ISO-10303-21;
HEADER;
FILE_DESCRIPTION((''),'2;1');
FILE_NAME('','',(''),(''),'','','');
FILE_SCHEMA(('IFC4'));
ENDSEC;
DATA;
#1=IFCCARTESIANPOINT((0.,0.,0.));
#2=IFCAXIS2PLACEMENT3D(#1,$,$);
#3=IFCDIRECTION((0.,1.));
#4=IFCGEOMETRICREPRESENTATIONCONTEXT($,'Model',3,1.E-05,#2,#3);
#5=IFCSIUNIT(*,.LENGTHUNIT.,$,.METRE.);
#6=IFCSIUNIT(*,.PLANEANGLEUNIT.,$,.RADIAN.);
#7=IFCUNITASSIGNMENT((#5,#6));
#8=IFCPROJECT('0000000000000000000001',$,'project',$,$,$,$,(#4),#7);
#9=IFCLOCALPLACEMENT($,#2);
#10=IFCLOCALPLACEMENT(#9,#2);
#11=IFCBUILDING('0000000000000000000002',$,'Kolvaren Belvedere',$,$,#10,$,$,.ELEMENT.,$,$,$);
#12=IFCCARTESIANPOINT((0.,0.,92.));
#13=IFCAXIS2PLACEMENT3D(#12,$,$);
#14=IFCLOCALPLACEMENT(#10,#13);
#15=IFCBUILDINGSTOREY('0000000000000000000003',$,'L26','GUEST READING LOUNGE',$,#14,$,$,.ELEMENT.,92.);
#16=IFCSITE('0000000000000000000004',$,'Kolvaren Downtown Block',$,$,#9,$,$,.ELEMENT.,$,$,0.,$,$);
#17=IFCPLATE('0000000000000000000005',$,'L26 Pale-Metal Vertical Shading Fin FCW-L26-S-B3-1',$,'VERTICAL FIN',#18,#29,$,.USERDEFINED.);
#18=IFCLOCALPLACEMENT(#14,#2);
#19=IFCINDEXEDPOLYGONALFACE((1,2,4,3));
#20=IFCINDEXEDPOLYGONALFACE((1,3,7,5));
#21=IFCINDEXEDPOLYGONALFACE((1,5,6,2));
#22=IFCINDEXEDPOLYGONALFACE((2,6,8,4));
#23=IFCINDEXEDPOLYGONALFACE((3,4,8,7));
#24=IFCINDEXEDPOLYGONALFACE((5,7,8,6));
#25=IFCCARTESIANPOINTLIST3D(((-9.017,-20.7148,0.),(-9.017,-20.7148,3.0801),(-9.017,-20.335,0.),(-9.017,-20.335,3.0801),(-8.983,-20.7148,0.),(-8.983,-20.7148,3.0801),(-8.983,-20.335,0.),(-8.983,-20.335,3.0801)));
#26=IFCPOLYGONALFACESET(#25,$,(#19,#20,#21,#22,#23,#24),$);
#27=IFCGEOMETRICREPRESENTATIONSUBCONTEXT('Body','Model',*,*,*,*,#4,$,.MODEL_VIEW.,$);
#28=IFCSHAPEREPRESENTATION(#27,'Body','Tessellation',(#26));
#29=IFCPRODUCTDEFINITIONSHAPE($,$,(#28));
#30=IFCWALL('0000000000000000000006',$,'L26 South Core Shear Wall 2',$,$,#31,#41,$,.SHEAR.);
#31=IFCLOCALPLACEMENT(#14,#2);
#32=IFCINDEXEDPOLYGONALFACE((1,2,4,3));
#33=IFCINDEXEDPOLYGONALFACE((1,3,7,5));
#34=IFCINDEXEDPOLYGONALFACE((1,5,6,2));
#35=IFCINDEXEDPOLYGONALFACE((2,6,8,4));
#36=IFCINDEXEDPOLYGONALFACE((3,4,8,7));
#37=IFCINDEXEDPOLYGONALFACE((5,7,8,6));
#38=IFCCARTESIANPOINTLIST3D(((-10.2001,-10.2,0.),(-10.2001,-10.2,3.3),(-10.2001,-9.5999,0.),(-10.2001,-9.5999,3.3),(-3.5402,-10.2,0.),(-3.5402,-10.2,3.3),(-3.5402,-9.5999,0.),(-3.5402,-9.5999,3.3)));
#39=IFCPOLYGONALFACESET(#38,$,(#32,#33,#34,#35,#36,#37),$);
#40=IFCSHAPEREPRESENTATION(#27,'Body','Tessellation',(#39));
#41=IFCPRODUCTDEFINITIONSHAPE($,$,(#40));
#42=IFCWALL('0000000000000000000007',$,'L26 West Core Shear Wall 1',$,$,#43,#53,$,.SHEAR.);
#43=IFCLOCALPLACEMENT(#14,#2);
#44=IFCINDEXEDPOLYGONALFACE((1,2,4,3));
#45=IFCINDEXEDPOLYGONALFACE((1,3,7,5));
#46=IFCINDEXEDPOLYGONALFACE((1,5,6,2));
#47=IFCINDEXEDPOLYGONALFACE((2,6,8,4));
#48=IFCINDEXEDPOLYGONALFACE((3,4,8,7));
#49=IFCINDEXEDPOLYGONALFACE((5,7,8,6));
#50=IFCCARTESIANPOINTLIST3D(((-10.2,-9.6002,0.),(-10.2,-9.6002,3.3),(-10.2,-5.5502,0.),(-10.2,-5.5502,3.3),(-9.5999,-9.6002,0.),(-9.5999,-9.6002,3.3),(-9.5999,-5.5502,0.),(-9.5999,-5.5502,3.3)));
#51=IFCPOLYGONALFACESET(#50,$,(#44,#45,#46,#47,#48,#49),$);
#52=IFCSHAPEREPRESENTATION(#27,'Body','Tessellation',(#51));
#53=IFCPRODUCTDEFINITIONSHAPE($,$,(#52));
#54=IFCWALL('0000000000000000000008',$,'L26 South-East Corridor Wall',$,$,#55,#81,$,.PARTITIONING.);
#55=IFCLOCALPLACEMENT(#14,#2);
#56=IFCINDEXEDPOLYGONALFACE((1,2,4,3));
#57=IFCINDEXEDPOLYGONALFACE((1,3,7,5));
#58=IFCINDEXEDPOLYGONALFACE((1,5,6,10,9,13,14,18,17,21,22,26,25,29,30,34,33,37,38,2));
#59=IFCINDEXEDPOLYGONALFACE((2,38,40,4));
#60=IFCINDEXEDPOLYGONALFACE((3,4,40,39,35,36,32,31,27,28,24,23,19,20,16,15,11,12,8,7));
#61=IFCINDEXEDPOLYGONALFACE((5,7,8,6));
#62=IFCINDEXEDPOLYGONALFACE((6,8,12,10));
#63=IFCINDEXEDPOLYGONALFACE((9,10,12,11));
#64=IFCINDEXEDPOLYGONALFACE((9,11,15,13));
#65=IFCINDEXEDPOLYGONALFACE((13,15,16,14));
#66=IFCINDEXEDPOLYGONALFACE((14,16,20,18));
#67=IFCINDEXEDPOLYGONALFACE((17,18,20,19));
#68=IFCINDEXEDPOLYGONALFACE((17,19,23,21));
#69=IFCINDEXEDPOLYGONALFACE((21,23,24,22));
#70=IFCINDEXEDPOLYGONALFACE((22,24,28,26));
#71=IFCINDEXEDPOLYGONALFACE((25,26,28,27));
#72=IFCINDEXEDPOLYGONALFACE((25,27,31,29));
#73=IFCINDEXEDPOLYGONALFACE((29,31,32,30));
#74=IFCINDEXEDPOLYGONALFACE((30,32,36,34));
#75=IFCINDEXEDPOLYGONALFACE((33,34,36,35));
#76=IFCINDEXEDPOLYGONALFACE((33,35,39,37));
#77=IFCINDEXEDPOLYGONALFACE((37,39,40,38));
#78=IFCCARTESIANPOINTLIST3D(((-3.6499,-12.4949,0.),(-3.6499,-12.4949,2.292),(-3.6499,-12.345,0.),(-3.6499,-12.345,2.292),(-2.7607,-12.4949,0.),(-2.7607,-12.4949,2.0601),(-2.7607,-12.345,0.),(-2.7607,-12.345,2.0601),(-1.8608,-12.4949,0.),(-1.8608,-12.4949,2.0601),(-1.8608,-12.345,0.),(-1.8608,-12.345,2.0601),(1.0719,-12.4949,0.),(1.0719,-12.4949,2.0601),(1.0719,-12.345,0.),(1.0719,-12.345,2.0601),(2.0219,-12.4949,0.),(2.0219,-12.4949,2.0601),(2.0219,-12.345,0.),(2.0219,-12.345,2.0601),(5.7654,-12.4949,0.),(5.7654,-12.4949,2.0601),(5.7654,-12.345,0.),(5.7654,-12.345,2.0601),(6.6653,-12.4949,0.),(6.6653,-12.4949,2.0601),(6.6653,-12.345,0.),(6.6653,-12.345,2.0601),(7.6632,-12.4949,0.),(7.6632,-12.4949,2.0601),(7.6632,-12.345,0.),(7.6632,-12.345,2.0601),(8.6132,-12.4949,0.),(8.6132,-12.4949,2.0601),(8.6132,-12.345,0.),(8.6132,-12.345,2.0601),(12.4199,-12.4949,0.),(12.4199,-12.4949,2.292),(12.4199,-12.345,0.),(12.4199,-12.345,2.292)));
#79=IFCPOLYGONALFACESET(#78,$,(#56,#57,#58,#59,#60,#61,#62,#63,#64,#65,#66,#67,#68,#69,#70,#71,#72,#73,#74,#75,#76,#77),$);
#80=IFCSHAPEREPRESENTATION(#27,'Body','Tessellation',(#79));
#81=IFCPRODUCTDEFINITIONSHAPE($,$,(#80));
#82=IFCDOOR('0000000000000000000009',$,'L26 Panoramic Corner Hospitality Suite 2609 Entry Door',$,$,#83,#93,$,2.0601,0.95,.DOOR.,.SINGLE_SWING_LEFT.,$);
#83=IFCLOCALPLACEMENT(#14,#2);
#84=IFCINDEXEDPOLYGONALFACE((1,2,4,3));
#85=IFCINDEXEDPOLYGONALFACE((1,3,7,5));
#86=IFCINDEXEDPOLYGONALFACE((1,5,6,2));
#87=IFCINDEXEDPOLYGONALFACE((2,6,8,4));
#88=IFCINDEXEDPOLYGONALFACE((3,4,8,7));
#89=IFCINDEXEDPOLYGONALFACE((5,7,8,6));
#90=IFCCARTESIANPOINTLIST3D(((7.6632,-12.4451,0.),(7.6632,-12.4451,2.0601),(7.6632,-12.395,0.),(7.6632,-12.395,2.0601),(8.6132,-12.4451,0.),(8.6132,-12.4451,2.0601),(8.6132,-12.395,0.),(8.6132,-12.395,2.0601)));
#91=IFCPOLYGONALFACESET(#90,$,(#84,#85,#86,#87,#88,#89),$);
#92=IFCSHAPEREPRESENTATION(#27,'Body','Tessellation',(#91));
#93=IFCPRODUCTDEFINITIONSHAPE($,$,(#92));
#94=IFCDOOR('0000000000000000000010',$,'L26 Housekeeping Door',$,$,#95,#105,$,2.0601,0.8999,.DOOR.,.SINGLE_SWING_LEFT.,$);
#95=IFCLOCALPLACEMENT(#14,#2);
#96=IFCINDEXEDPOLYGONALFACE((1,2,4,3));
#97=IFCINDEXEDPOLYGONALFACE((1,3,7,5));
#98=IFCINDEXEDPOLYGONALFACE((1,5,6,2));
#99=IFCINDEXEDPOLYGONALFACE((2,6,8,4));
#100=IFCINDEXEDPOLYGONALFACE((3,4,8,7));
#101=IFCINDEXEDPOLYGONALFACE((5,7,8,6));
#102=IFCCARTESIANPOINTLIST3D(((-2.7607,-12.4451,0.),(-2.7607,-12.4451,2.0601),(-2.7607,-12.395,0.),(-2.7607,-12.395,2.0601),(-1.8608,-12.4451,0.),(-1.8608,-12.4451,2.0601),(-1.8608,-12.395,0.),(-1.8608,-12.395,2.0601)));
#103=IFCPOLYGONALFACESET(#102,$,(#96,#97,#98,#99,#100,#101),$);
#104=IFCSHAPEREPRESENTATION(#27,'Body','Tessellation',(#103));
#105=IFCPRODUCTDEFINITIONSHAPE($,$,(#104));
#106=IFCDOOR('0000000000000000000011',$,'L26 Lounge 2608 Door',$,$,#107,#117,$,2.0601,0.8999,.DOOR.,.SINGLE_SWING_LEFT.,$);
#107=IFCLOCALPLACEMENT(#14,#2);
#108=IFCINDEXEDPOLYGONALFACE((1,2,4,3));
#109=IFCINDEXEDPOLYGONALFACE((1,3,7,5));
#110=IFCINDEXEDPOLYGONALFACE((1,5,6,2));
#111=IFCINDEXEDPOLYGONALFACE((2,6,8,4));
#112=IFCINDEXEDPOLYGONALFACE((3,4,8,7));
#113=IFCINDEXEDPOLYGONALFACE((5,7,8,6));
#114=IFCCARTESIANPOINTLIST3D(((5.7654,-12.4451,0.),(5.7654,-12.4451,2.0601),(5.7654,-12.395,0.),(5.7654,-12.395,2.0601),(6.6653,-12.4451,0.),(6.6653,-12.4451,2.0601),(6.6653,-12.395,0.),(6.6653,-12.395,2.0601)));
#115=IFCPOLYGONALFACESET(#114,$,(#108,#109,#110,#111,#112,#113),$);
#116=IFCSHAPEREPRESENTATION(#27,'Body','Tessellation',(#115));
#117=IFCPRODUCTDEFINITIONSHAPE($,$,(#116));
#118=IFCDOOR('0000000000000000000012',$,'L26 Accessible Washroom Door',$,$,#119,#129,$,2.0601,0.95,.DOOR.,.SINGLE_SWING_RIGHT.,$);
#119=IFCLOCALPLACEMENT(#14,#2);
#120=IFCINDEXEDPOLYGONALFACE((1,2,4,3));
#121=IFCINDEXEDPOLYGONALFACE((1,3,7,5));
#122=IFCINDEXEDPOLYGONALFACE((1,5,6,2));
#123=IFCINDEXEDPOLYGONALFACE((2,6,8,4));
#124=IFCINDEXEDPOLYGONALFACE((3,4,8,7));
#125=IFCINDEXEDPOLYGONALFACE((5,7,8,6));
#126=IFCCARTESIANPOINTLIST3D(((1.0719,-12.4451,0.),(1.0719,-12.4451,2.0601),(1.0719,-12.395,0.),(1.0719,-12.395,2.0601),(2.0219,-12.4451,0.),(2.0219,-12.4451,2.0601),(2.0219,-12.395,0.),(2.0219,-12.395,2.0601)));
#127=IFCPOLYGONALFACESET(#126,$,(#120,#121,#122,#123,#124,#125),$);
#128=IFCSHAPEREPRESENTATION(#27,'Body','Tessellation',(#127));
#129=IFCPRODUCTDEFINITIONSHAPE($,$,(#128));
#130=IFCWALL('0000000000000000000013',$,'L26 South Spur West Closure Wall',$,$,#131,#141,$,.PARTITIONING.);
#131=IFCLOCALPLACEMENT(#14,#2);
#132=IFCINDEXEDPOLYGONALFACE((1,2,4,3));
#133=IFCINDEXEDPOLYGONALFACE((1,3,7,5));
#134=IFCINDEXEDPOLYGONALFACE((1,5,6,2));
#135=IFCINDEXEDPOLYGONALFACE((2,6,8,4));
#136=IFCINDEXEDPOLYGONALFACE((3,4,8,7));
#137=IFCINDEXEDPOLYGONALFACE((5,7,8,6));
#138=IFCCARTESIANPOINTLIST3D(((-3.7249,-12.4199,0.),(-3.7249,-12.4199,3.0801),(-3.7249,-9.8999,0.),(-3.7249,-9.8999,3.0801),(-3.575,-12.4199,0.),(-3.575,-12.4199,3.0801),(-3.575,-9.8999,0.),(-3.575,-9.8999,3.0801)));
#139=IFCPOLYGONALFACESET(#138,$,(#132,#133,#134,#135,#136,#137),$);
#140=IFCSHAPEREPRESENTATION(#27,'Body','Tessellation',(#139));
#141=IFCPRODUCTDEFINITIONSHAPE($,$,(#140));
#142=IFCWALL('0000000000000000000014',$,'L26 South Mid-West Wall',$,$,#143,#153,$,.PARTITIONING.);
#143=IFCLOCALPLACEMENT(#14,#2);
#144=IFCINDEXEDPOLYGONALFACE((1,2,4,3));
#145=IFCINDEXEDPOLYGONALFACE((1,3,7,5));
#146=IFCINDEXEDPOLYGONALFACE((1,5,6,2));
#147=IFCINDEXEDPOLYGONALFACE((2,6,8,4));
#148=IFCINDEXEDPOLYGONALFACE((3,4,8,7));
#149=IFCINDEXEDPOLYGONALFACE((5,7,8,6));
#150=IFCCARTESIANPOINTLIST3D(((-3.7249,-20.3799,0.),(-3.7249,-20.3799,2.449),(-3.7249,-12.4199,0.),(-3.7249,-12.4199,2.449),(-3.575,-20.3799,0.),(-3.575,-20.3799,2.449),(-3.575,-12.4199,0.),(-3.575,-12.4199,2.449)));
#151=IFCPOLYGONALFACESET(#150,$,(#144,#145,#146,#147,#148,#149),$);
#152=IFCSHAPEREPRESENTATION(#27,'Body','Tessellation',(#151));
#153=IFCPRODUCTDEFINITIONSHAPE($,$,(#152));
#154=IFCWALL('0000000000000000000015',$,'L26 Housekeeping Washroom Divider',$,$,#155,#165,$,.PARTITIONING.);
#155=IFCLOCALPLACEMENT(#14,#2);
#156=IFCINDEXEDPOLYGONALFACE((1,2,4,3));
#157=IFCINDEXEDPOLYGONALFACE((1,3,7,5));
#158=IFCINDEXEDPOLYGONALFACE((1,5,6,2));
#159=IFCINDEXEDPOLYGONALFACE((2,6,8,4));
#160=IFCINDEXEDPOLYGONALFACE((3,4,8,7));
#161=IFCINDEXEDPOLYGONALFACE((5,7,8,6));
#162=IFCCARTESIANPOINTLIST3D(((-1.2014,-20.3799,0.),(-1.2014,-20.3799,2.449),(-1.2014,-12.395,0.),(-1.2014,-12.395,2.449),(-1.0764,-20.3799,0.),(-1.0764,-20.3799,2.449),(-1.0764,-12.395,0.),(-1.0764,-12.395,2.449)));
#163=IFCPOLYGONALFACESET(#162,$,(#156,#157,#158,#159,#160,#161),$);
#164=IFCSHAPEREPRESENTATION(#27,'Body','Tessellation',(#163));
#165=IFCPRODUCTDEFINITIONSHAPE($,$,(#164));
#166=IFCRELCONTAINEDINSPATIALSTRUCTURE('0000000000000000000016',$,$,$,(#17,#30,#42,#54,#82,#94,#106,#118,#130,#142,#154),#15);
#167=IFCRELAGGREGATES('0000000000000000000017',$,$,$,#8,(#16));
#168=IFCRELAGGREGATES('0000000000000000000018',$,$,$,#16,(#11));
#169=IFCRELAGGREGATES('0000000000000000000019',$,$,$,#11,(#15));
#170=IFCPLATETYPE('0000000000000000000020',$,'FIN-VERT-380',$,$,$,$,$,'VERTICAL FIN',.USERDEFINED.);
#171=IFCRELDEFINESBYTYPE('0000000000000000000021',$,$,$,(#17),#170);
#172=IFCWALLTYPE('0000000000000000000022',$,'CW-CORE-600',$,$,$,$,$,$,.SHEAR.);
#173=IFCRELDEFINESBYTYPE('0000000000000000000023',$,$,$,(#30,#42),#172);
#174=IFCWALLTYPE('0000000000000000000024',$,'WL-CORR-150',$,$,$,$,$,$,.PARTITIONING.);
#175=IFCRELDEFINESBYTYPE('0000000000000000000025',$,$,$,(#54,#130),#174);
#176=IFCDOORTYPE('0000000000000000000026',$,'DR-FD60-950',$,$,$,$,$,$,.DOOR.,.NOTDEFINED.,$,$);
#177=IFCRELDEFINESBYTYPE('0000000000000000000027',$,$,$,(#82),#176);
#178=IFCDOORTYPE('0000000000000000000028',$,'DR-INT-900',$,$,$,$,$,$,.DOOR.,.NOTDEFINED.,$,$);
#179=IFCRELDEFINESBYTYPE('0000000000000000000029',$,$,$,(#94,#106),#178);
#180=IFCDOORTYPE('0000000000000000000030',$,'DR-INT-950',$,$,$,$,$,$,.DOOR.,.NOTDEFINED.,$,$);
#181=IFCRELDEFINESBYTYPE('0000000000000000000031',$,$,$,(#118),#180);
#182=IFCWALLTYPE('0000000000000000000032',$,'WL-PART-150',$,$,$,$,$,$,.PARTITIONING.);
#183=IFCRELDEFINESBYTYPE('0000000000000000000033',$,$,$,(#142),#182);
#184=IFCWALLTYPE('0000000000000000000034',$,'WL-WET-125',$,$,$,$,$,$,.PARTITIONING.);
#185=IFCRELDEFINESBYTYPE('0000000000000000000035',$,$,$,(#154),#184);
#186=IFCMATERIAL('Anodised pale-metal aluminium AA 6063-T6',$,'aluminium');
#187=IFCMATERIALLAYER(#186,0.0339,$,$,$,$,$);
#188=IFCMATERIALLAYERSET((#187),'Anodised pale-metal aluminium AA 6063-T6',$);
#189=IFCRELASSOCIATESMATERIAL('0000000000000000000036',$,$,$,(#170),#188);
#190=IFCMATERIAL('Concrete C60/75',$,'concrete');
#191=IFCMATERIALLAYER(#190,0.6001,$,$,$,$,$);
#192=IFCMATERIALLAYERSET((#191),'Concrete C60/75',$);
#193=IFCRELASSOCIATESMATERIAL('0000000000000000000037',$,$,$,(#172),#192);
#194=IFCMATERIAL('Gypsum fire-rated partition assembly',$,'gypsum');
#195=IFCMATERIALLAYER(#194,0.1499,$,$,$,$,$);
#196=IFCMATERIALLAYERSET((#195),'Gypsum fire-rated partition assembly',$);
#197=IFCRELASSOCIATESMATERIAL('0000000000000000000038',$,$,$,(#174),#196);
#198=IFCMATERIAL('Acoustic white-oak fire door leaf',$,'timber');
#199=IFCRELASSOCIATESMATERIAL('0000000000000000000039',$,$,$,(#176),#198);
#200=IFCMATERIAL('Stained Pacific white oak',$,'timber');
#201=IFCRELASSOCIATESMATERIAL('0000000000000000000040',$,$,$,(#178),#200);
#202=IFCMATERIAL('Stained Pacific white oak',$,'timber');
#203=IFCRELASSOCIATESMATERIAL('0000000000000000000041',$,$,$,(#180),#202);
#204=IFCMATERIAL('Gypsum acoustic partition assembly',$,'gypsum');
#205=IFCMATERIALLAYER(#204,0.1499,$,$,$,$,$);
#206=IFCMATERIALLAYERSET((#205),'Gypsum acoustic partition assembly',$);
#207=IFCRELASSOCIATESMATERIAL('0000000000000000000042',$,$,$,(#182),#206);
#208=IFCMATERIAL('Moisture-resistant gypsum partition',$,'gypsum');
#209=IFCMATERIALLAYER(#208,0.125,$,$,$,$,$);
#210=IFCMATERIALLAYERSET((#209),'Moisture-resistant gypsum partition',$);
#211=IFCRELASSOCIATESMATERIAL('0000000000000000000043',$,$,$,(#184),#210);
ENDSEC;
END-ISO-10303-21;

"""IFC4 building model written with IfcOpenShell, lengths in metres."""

from ifc_helpers import new_model, si_unit, direction, frame, frame_2d, origin, origin_2d, place, context, subcontext, project, spatial, rectangle, extrude, material, layer, layer_set, type_object, element, fill, save


model = new_model("IFC4")

# Units and contexts
model_context = context("Model", 3, precision=1e-05, world=origin(), true_north=direction((0.0, 1.0)))
body_context = subcontext(model_context, "Body", "Model", "MODEL_VIEW")
ifc_project = project(units=[si_unit("LENGTHUNIT", "METRE"), si_unit("PLANEANGLEUNIT", "RADIAN")], contexts=[model_context])

# Site, building, storey
site_placement = place(None, origin())
site = spatial("IfcSite", under=ifc_project, at=site_placement, Name="Kolvaren Downtown Block", CompositionType="ELEMENT", RefElevation=0.0)
building_placement = place(site_placement, origin())
building = spatial("IfcBuilding", under=site, at=building_placement, Name="Kolvaren Belvedere", CompositionType="ELEMENT")
storey_placement = place(building_placement, frame((0.0, 0.0, 92.0)))
storey = spatial("IfcBuildingStorey", under=building, at=storey_placement, Name="L26", Description="GUEST READING LOUNGE", CompositionType="ELEMENT", Elevation=92.0)

# Plate
ifc_material_1 = material(Name="Anodised pale-metal aluminium AA 6063-T6", Category="aluminium")
ifc_layer_1 = layer(ifc_material_1, 0.0339)
ifc_layer_set_1 = layer_set([ifc_layer_1], Name="Anodised pale-metal aluminium AA 6063-T6")
plate_type_1 = type_object("IfcPlateType", Name="FIN-VERT-380", ElementType="VERTICAL FIN", PredefinedType="USERDEFINED", material=ifc_layer_set_1)
plate_1_placement = place(storey_placement, frame((-9.0, -20.5249, 0.0), z_axis=(0.0, 0.0, 1.0), x_axis=(0.0, 1.0, 0.0)))
element("IfcPlate", 1, at=plate_1_placement, inside=storey, type_object=plate_type_1, Name="L26 Pale-Metal Vertical Shading Fin FCW-L26-S-B3-1", ObjectType="VERTICAL FIN", PredefinedType="USERDEFINED", context=body_context, shape_type="SweptSolid", body=[
    extrude(rectangle(XDim=0.3799, YDim=0.0339, at=origin_2d()), origin(), (0.0, 0.0, 1.0), 3.0801),
])

# Walls
ifc_material_2 = material(Name="Concrete C60/75", Category="concrete")
ifc_layer_2 = layer(ifc_material_2, 0.6001)
ifc_layer_set_2 = layer_set([ifc_layer_2], Name="Concrete C60/75")
wall_type_1 = type_object("IfcWallType", Name="CW-CORE-600", PredefinedType="SHEAR", material=ifc_layer_set_2)
wall_1_placement = place(storey_placement, frame((-3.54, -9.8999, 0.0), z_axis=(0.0, 0.0, 1.0), x_axis=(-1.0, 0.0, 0.0)))
element("IfcWall", 2, at=wall_1_placement, inside=storey, type_object=wall_type_1, Name="L26 South Core Shear Wall 2", PredefinedType="SHEAR", context=body_context, shape_type="SweptSolid", body=[
    extrude(rectangle(XDim=6.6599, YDim=0.6001, at=frame_2d((3.3301, 0.0))), origin(), (0.0, 0.0, 1.0), 3.3),
])
wall_2_placement = place(storey_placement, frame((-9.8999, -9.6001, 0.0), z_axis=(0.0, 0.0, 1.0), x_axis=(0.0, 1.0, 0.0)))
element("IfcWall", 3, at=wall_2_placement, inside=storey, type_object=wall_type_1, Name="L26 West Core Shear Wall 1", PredefinedType="SHEAR", context=body_context, shape_type="SweptSolid", body=[
    extrude(rectangle(XDim=4.05, YDim=0.6001, at=frame_2d((2.0249, 0.0))), origin(), (0.0, 0.0, 1.0), 3.3),
])

# Wall, openings, doors
ifc_material_3 = material(Name="Gypsum fire-rated partition assembly", Category="gypsum")
ifc_layer_3 = layer(ifc_material_3, 0.1499)
ifc_layer_set_3 = layer_set([ifc_layer_3], Name="Gypsum fire-rated partition assembly")
wall_type_2 = type_object("IfcWallType", Name="WL-CORR-150", PredefinedType="PARTITIONING", material=ifc_layer_set_3)
wall_3_placement = place(storey_placement, frame((-3.6499, -12.4199, 0.0), z_axis=(0.0, 0.0, 1.0), x_axis=(1.0, 0.0, 0.0)))
wall_3 = element("IfcWall", 4, at=wall_3_placement, inside=storey, type_object=wall_type_2, Name="L26 South-East Corridor Wall", PredefinedType="PARTITIONING", context=body_context, shape_type="SweptSolid", body=[
    extrude(rectangle(XDim=16.0698, YDim=0.1499, at=frame_2d((8.0349, 0.0))), origin(), (0.0, 0.0, 1.0), 2.292),
])
opening_1_placement = place(wall_3_placement, frame((0.8892, 0.0, 0.0)))
opening_1 = element("IfcOpeningElement", 5, at=opening_1_placement, cuts=wall_3, PredefinedType="OPENING", context=body_context, shape_type="SweptSolid", body=[
    extrude(rectangle(XDim=0.8999, YDim=2.0601, at=frame_2d((0.45, 1.03))), frame((0.0, 0.085, 0.0), z_axis=(0.0, -1.0, 0.0), x_axis=(1.0, 0.0, 0.0)), (0.0, 0.0, 1.0), 0.1699),
])
opening_2_placement = place(wall_3_placement, frame((4.7217, 0.0, 0.0)))
opening_2 = element("IfcOpeningElement", 6, at=opening_2_placement, cuts=wall_3, PredefinedType="OPENING", context=body_context, shape_type="SweptSolid", body=[
    extrude(rectangle(XDim=0.95, YDim=2.0601, at=frame_2d((0.4751, 1.03))), frame((0.0, 0.085, 0.0), z_axis=(0.0, -1.0, 0.0), x_axis=(1.0, 0.0, 0.0)), (0.0, 0.0, 1.0), 0.1699),
])
opening_3_placement = place(wall_3_placement, frame((9.4153, 0.0, 0.0)))
opening_3 = element("IfcOpeningElement", 7, at=opening_3_placement, cuts=wall_3, PredefinedType="OPENING", context=body_context, shape_type="SweptSolid", body=[
    extrude(rectangle(XDim=0.8999, YDim=2.0601, at=frame_2d((0.45, 1.03))), frame((0.0, 0.085, 0.0), z_axis=(0.0, -1.0, 0.0), x_axis=(1.0, 0.0, 0.0)), (0.0, 0.0, 1.0), 0.1699),
])
opening_4_placement = place(wall_3_placement, frame((11.313, 0.0, 0.0)))
opening_4 = element("IfcOpeningElement", 8, at=opening_4_placement, cuts=wall_3, PredefinedType="OPENING", context=body_context, shape_type="SweptSolid", body=[
    extrude(rectangle(XDim=0.95, YDim=2.0601, at=frame_2d((0.4751, 1.03))), frame((0.0, 0.085, 0.0), z_axis=(0.0, -1.0, 0.0), x_axis=(1.0, 0.0, 0.0)), (0.0, 0.0, 1.0), 0.1699),
])
ifc_material_4 = material(Name="Acoustic white-oak fire door leaf", Category="timber")
door_type_1 = type_object("IfcDoorType", Name="DR-FD60-950", OperationType="NOTDEFINED", PredefinedType="DOOR", material=ifc_material_4)
door_1_placement = place(opening_4_placement, origin())
door_1 = element("IfcDoor", 9, at=door_1_placement, inside=storey, type_object=door_type_1, Name="L26 Panoramic Corner Hospitality Suite 2609 Entry Door", OperationType="SINGLE_SWING_LEFT", OverallHeight=2.0601, OverallWidth=0.95, PredefinedType="DOOR", context=body_context, shape_type="SweptSolid", body=[
    extrude(rectangle(XDim=0.95, YDim=2.0601, at=frame_2d((0.4751, 1.03))), frame((0.0, 0.0249, 0.0), z_axis=(0.0, -1.0, 0.0), x_axis=(1.0, 0.0, 0.0)), (0.0, 0.0, 1.0), 0.05),
])
fill(opening_4, door_1)
ifc_material_5 = material(Name="Stained Pacific white oak", Category="timber")
door_type_2 = type_object("IfcDoorType", Name="DR-INT-900", OperationType="NOTDEFINED", PredefinedType="DOOR", material=ifc_material_5)
door_2_placement = place(opening_1_placement, origin())
door_2 = element("IfcDoor", 10, at=door_2_placement, inside=storey, type_object=door_type_2, Name="L26 Housekeeping Door", OperationType="SINGLE_SWING_LEFT", OverallHeight=2.0601, OverallWidth=0.8999, PredefinedType="DOOR", context=body_context, shape_type="SweptSolid", body=[
    extrude(rectangle(XDim=0.8999, YDim=2.0601, at=frame_2d((0.45, 1.03))), frame((0.0, 0.0249, 0.0), z_axis=(0.0, -1.0, 0.0), x_axis=(1.0, 0.0, 0.0)), (0.0, 0.0, 1.0), 0.05),
])
fill(opening_1, door_2)
door_3_placement = place(opening_3_placement, origin())
door_3 = element("IfcDoor", 11, at=door_3_placement, inside=storey, type_object=door_type_2, Name="L26 Lounge 2608 Door", OperationType="SINGLE_SWING_LEFT", OverallHeight=2.0601, OverallWidth=0.8999, PredefinedType="DOOR", context=body_context, shape_type="SweptSolid", body=[
    extrude(rectangle(XDim=0.8999, YDim=2.0601, at=frame_2d((0.45, 1.03))), frame((0.0, 0.0249, 0.0), z_axis=(0.0, -1.0, 0.0), x_axis=(1.0, 0.0, 0.0)), (0.0, 0.0, 1.0), 0.05),
])
fill(opening_3, door_3)
ifc_material_6 = material(Name="Stained Pacific white oak", Category="timber")
door_type_3 = type_object("IfcDoorType", Name="DR-INT-950", OperationType="NOTDEFINED", PredefinedType="DOOR", material=ifc_material_6)
door_4_placement = place(opening_2_placement, origin())
door_4 = element("IfcDoor", 12, at=door_4_placement, inside=storey, type_object=door_type_3, Name="L26 Accessible Washroom Door", OperationType="SINGLE_SWING_RIGHT", OverallHeight=2.0601, OverallWidth=0.95, PredefinedType="DOOR", context=body_context, shape_type="SweptSolid", body=[
    extrude(rectangle(XDim=0.95, YDim=2.0601, at=frame_2d((0.4751, 1.03))), frame((0.0, 0.0249, 0.0), z_axis=(0.0, -1.0, 0.0), x_axis=(1.0, 0.0, 0.0)), (0.0, 0.0, 1.0), 0.05),
])
fill(opening_2, door_4)

# Walls
wall_4_placement = place(storey_placement, frame((-3.6499, -12.4199, 0.0), z_axis=(0.0, 0.0, 1.0), x_axis=(0.0, 1.0, 0.0)))
element("IfcWall", 13, at=wall_4_placement, inside=storey, type_object=wall_type_2, Name="L26 South Spur West Closure Wall", PredefinedType="PARTITIONING", context=body_context, shape_type="SweptSolid", body=[
    extrude(rectangle(XDim=2.52, YDim=0.1499, at=frame_2d((1.26, 0.0))), origin(), (0.0, 0.0, 1.0), 3.0801),
])
ifc_material_7 = material(Name="Gypsum acoustic partition assembly", Category="gypsum")
ifc_layer_4 = layer(ifc_material_7, 0.1499)
ifc_layer_set_4 = layer_set([ifc_layer_4], Name="Gypsum acoustic partition assembly")
wall_type_3 = type_object("IfcWallType", Name="WL-PART-150", PredefinedType="PARTITIONING", material=ifc_layer_set_4)
wall_5_placement = place(storey_placement, frame((-3.6499, -20.3799, 0.0), z_axis=(0.0, 0.0, 1.0), x_axis=(0.0, 1.0, 0.0)))
element("IfcWall", 14, at=wall_5_placement, inside=storey, type_object=wall_type_3, Name="L26 South Mid-West Wall", PredefinedType="PARTITIONING", context=body_context, shape_type="SweptSolid", body=[
    extrude(rectangle(XDim=7.96, YDim=0.1499, at=frame_2d((3.98, 0.0))), origin(), (0.0, 0.0, 1.0), 2.449),
])
ifc_material_8 = material(Name="Moisture-resistant gypsum partition", Category="gypsum")
ifc_layer_5 = layer(ifc_material_8, 0.125)
ifc_layer_set_5 = layer_set([ifc_layer_5], Name="Moisture-resistant gypsum partition")
wall_type_4 = type_object("IfcWallType", Name="WL-WET-125", PredefinedType="PARTITIONING", material=ifc_layer_set_5)
wall_6_placement = place(storey_placement, frame((-1.1389, -20.3799, 0.0), z_axis=(0.0, 0.0, 1.0), x_axis=(0.0, 1.0, 0.0)))
element("IfcWall", 15, at=wall_6_placement, inside=storey, type_object=wall_type_4, Name="L26 Housekeeping Washroom Divider", PredefinedType="PARTITIONING", context=body_context, shape_type="SweptSolid", body=[
    extrude(rectangle(XDim=7.9849, YDim=0.125, at=frame_2d((3.9924, 0.0))), origin(), (0.0, 0.0, 1.0), 2.449),
])

save(model, "model.ifc")
